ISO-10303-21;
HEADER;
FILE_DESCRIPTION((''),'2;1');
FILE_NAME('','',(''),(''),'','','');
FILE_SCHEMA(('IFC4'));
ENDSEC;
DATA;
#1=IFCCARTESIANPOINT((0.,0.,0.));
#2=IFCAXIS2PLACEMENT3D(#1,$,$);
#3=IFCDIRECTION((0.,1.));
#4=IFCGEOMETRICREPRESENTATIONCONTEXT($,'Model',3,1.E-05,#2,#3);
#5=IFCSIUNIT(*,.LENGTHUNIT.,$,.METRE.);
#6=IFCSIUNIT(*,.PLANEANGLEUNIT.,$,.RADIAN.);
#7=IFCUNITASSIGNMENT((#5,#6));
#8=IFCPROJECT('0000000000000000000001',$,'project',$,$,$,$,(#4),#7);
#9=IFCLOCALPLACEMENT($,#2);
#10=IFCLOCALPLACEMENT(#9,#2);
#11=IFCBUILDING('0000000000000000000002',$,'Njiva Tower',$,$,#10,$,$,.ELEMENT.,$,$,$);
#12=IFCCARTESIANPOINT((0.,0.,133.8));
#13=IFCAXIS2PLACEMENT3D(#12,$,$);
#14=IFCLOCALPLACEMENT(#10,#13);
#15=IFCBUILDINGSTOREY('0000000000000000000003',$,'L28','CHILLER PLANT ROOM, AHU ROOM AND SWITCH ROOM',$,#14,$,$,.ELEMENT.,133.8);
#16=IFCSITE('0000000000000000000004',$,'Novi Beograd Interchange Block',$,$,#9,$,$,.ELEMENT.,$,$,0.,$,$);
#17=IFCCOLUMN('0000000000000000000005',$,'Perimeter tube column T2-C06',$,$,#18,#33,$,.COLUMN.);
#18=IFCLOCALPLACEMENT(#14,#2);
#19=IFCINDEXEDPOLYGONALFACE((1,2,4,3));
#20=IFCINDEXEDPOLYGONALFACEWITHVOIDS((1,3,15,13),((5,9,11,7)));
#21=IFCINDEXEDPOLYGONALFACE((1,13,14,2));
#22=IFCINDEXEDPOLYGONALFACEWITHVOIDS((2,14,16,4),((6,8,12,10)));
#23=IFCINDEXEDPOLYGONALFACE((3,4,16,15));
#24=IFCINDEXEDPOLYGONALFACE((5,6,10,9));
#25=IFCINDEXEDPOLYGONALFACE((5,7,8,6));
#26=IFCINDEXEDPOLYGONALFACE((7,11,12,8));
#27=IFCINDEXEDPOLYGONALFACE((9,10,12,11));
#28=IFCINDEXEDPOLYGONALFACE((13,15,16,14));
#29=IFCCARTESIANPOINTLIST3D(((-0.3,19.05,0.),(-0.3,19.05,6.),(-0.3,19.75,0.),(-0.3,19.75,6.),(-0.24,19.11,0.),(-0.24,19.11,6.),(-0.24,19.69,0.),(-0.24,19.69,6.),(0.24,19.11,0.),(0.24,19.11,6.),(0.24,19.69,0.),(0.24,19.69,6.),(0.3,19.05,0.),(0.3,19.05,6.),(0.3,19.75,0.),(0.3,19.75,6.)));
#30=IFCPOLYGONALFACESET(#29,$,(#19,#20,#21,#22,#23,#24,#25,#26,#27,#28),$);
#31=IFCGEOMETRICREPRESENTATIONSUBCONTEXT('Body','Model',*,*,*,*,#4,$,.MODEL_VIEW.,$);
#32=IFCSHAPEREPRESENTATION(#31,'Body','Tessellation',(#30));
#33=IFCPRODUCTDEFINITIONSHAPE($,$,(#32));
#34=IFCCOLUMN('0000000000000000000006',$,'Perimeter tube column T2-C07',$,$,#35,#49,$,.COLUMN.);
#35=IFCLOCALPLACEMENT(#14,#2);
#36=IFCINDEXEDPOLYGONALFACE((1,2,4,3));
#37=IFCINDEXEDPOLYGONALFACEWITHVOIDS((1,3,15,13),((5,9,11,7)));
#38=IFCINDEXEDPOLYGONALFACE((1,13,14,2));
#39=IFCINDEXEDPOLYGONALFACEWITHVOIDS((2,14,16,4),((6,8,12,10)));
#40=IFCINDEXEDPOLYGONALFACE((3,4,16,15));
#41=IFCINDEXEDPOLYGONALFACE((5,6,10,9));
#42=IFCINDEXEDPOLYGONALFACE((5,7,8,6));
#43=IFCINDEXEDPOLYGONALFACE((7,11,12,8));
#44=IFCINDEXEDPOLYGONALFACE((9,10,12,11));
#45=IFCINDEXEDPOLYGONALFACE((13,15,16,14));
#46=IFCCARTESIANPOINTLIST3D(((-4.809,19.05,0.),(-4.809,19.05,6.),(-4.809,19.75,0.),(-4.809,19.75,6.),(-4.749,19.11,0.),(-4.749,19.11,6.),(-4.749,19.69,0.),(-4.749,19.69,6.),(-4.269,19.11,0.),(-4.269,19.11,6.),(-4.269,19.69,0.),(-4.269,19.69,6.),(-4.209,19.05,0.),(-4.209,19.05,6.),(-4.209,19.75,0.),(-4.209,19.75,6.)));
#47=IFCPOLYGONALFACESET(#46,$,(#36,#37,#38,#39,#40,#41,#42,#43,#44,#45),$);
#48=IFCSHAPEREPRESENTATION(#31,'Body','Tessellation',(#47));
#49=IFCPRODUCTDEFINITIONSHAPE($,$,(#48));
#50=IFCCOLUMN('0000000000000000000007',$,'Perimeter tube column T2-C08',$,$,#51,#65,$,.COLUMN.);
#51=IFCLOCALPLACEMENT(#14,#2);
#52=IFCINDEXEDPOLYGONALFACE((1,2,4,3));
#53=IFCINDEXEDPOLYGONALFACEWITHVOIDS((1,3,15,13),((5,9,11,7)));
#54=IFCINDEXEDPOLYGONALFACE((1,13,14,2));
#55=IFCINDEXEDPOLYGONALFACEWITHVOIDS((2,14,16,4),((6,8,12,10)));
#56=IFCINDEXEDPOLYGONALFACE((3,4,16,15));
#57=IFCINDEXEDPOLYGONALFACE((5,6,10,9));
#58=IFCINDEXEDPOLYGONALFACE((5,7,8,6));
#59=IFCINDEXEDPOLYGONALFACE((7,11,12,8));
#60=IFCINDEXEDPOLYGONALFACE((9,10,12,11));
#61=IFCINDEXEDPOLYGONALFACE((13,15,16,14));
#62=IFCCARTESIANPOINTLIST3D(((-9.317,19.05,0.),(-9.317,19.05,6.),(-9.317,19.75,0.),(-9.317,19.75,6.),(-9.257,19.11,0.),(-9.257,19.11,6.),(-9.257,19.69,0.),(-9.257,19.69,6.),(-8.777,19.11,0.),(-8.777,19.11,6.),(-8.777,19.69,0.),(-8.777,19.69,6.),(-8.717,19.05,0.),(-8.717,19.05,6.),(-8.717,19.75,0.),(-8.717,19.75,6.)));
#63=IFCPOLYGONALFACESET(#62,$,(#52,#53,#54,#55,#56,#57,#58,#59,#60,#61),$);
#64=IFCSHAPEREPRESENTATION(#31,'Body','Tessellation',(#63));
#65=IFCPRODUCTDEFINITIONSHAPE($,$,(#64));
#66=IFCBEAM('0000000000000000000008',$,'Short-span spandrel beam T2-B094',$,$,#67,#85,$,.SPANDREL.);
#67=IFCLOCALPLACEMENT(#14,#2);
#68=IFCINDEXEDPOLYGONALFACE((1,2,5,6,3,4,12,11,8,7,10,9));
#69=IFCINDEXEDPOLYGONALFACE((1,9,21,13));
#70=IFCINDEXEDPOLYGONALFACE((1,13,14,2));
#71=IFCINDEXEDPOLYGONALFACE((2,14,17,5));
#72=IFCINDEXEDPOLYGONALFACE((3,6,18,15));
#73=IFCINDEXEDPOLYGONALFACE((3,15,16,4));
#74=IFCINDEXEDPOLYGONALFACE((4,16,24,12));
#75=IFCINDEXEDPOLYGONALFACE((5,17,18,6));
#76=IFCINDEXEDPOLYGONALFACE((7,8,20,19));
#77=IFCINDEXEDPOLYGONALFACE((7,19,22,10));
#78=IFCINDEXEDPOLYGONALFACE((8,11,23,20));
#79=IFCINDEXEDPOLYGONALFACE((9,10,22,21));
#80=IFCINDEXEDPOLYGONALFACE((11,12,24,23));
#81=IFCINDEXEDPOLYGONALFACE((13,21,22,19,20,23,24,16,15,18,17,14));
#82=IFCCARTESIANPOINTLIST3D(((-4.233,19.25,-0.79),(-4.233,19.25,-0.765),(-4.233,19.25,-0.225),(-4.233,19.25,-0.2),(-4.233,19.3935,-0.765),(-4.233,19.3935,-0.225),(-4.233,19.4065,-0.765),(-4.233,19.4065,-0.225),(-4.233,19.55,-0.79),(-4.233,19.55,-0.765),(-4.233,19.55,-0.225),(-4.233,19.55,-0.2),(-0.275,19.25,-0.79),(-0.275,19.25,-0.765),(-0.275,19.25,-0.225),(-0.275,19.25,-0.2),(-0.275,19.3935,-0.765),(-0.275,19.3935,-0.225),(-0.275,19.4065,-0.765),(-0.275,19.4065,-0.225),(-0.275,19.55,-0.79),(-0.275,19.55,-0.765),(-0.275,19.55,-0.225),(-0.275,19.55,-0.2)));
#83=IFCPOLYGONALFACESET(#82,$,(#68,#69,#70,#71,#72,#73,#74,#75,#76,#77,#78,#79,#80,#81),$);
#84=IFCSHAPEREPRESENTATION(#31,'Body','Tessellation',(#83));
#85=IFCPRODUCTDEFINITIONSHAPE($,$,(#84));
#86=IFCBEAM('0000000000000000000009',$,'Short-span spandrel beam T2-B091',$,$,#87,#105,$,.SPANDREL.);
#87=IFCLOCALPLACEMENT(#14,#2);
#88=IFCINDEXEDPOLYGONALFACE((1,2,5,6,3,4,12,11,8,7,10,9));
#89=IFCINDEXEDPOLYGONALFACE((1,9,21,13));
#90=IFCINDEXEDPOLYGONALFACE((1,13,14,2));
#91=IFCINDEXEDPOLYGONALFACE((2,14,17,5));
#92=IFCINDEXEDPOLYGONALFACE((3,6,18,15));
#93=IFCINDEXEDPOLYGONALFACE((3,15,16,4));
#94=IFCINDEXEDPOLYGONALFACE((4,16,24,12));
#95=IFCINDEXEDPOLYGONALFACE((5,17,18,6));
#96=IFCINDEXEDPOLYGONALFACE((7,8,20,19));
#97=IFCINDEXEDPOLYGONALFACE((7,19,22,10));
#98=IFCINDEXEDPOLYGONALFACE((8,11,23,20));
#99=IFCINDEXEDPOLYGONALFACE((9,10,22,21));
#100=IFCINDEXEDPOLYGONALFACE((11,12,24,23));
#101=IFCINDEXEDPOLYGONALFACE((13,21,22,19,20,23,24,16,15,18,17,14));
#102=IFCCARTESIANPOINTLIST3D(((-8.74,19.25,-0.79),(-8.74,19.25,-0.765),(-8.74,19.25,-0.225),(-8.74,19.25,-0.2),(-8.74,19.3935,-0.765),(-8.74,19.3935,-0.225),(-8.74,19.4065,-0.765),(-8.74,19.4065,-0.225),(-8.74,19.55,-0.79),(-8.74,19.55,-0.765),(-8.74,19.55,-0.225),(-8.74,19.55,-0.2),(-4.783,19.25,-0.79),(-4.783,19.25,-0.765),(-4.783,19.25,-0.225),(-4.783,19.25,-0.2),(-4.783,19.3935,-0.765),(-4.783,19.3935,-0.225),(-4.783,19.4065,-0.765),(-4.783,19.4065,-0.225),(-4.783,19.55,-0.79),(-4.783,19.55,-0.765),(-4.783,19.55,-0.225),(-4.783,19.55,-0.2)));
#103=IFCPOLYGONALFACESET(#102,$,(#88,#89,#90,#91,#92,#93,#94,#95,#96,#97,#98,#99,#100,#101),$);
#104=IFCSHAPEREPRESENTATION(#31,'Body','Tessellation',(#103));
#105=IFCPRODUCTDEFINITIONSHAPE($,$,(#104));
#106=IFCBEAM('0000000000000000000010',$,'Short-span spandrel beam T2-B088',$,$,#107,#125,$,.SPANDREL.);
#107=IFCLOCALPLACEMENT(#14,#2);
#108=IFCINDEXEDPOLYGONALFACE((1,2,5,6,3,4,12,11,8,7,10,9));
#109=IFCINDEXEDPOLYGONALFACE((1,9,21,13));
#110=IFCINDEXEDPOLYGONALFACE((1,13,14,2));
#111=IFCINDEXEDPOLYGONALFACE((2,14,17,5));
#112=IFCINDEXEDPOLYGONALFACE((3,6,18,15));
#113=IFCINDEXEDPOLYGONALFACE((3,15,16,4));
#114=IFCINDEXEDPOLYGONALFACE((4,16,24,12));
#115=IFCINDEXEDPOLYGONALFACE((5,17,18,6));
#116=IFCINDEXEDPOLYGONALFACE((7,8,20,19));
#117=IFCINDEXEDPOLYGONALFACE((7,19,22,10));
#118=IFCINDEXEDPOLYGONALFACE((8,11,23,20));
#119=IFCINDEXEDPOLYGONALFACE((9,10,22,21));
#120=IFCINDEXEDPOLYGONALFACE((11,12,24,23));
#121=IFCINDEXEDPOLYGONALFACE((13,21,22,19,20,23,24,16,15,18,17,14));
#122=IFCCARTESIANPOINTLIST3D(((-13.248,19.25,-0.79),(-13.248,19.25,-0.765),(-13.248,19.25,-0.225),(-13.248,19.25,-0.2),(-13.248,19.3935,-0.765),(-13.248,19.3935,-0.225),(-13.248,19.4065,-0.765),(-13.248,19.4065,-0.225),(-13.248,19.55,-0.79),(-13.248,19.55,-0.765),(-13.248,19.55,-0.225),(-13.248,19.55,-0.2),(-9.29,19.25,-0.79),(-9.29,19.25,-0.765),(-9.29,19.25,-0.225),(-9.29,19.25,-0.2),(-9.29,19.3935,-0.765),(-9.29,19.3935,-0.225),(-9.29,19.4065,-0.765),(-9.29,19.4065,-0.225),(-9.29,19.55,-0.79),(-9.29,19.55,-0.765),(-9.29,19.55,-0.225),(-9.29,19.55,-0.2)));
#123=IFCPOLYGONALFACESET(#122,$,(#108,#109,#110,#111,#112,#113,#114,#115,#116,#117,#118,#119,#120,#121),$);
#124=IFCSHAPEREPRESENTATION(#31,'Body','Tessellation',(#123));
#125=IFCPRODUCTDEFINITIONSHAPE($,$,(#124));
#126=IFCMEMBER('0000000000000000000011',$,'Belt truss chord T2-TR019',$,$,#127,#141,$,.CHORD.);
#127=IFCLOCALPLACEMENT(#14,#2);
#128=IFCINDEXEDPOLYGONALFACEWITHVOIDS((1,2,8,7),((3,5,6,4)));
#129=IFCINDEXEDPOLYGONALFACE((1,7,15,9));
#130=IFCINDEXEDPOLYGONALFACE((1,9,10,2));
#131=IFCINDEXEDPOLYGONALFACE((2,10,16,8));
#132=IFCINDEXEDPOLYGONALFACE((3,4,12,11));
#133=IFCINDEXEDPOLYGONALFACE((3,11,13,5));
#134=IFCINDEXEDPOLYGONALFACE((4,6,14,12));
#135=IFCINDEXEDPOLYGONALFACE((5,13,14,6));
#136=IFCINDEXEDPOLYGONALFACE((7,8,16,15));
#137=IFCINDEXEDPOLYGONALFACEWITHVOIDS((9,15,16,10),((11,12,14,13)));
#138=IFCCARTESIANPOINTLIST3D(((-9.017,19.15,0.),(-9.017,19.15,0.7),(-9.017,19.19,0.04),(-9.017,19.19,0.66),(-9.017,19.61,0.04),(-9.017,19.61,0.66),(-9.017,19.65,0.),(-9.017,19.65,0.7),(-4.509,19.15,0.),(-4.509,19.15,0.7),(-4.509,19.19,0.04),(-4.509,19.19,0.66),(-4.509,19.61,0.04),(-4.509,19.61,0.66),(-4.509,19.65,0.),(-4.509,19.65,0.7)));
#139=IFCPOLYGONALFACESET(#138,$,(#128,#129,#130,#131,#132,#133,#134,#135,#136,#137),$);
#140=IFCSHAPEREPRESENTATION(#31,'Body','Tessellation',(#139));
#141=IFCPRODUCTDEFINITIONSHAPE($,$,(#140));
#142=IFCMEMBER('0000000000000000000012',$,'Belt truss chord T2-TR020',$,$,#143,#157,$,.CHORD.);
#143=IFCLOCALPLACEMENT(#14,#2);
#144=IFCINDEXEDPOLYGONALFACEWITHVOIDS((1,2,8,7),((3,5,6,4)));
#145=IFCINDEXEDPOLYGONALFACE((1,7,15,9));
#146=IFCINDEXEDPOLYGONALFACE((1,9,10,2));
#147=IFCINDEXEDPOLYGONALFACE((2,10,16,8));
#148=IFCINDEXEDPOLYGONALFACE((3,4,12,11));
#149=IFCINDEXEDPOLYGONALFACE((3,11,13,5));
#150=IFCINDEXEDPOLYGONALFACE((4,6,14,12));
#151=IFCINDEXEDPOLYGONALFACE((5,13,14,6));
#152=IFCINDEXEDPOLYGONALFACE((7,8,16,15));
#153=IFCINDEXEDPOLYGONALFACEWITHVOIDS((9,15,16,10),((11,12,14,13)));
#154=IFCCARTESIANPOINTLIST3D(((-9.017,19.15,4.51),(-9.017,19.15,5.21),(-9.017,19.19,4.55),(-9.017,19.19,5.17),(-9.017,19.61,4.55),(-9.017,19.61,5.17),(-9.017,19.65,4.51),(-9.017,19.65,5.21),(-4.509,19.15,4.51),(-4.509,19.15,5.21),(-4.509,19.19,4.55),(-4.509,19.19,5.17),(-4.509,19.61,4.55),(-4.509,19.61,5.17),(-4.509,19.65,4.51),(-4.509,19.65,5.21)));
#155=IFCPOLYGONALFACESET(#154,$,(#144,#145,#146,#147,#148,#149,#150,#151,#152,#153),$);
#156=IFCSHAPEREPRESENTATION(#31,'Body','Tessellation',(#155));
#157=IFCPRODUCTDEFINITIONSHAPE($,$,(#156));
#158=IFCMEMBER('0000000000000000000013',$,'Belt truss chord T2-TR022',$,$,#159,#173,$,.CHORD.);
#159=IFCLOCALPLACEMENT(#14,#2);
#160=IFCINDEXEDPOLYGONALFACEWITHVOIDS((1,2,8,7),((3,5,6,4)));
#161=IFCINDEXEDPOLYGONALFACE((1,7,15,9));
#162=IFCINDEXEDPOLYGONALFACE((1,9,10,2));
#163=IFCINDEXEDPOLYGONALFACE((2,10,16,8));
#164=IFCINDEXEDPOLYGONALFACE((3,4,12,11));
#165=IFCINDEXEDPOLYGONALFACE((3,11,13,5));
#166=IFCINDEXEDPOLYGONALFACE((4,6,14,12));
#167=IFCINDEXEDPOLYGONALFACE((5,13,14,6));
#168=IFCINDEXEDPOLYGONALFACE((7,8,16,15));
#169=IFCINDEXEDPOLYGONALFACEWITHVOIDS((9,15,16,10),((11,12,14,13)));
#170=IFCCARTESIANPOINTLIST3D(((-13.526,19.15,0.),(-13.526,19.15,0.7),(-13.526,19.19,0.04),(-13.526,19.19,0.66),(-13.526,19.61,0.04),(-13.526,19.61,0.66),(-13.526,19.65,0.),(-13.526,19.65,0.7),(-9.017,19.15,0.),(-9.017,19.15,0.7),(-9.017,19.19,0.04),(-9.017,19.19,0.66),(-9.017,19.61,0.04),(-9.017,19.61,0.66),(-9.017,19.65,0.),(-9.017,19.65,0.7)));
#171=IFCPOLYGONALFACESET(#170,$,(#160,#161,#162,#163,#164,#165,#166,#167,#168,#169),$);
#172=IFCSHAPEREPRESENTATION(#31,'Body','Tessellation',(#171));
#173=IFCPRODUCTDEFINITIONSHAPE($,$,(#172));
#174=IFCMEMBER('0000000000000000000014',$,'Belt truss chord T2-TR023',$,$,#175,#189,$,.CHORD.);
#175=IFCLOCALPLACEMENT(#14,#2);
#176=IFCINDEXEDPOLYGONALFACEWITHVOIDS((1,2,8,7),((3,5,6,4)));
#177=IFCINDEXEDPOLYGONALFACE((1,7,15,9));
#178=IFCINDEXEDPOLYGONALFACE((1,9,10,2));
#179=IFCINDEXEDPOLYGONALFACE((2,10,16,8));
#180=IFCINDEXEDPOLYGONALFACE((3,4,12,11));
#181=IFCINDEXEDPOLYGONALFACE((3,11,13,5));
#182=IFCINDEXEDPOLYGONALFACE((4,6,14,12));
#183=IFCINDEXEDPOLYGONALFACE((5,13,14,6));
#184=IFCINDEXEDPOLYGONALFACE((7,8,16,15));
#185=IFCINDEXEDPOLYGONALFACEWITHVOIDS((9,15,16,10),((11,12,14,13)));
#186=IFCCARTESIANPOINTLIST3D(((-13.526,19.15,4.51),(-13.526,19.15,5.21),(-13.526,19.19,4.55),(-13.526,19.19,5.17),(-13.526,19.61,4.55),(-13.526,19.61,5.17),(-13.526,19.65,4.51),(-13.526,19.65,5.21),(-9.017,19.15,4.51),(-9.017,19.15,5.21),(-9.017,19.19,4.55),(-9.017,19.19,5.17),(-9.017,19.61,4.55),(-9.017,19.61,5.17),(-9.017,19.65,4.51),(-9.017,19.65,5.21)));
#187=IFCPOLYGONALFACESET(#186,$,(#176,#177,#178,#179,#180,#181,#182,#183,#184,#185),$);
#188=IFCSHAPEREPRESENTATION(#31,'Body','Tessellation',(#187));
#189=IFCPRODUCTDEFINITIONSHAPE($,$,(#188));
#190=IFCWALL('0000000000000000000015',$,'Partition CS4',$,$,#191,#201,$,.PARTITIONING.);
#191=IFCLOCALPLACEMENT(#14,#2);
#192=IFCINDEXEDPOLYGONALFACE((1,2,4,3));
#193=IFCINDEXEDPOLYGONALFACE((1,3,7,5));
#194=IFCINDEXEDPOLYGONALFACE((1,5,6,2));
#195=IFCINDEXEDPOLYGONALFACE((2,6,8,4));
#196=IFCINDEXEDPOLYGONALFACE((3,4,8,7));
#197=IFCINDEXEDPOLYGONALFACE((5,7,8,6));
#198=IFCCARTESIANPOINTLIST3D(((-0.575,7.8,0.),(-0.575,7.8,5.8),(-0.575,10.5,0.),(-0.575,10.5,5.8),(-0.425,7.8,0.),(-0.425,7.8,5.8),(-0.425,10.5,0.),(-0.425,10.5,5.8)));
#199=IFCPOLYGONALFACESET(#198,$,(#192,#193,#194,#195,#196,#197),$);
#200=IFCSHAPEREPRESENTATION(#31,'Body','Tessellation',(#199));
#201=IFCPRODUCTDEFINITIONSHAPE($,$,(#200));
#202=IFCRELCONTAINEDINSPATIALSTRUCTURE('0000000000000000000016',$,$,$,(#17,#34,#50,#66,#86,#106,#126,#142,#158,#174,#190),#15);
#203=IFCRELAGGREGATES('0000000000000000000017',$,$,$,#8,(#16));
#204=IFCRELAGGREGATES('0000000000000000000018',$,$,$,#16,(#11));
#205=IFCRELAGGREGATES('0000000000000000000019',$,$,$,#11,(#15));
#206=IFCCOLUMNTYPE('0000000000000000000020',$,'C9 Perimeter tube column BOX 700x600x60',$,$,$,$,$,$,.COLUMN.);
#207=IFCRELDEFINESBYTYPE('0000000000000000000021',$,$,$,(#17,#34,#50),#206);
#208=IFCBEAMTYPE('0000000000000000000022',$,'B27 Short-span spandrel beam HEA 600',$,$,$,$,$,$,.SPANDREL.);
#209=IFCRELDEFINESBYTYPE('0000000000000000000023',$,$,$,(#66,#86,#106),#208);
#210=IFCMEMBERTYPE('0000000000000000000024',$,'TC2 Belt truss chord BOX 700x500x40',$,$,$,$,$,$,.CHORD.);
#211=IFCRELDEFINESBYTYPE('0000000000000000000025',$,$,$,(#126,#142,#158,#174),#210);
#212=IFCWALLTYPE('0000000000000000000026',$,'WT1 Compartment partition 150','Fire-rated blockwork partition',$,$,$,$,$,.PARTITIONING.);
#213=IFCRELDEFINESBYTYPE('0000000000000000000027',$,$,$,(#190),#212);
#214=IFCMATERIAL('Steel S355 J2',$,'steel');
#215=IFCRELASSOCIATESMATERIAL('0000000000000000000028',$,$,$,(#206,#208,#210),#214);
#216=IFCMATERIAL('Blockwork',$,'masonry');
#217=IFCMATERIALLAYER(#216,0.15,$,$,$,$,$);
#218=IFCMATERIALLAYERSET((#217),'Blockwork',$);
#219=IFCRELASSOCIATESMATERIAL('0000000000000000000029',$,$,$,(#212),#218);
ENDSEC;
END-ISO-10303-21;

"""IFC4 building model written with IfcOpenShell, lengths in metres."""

from ifc_helpers import new_model, si_unit, direction, frame, frame_2d, origin, origin_2d, place, context, subcontext, project, spatial, rectangle, hollow_rectangle, i_section, extrude, material, layer, layer_set, material_profile, profile_set, type_object, element, save


model = new_model("IFC4")

# Units and contexts
model_context = context("Model", 3, precision=1e-05, world=origin(), true_north=direction((0.0, 1.0)))
body_context = subcontext(model_context, "Body", "Model", "MODEL_VIEW")
ifc_project = project(units=[si_unit("LENGTHUNIT", "METRE"), si_unit("PLANEANGLEUNIT", "RADIAN")], contexts=[model_context])

# Site, building, storey
site_placement = place(None, origin())
site = spatial("IfcSite", under=ifc_project, at=site_placement, Name="Novi Beograd Interchange Block", CompositionType="ELEMENT", RefElevation=0.0)
building_placement = place(site_placement, origin())
building = spatial("IfcBuilding", under=site, at=building_placement, Name="Njiva Tower", CompositionType="ELEMENT")
storey_placement = place(building_placement, frame((0.0, 0.0, 133.8)))
storey = spatial("IfcBuildingStorey", under=building, at=storey_placement, Name="L28", Description="CHILLER PLANT ROOM, AHU ROOM AND SWITCH ROOM", CompositionType="ELEMENT", Elevation=133.8)

# Columns
ifc_material_1 = material(Name="Steel S355 J2", Category="steel")
ifc_material_profile_1 = material_profile(ifc_material_1, hollow_rectangle(XDim=0.6, YDim=0.7, WallThickness=0.06, at=origin_2d()), Name="BOX 700x600x60")
ifc_profile_set_1 = profile_set([ifc_material_profile_1], Name="Steel S355 J2")
column_type = type_object("IfcColumnType", Name="C9 Perimeter tube column BOX 700x600x60", PredefinedType="COLUMN", material=ifc_profile_set_1)
for number, where, z_axis, x_axis, name in (
    (1, (0.0, 19.4, 0.0), (0.0, 0.0, 1.0), (-1.0, 0.0, 0.0), "Perimeter tube column T2-C06"),
    (2, (-4.509, 19.4, 0.0), (0.0, 0.0, 1.0), (-1.0, 0.0, 0.0), "Perimeter tube column T2-C07"),
    (3, (-9.017, 19.4, 0.0), (0.0, 0.0, 1.0), (-1.0, 0.0, 0.0), "Perimeter tube column T2-C08"),
):
    element("IfcColumn", number, at=place(storey_placement, frame(where, z_axis=z_axis, x_axis=x_axis)), inside=storey, type_object=column_type, Name=name, PredefinedType="COLUMN", context=body_context, shape_type="SweptSolid", body=[
        extrude(hollow_rectangle(XDim=0.6, YDim=0.7, WallThickness=0.06, at=origin_2d()), origin(), (0.0, 0.0, 1.0), 6.0),
    ])

# Beams
ifc_material_profile_2 = material_profile(ifc_material_1, i_section(OverallWidth=0.3, OverallDepth=0.59, WebThickness=0.013, FlangeThickness=0.025, at=origin_2d()), Name="HEA 600")
ifc_profile_set_2 = profile_set([ifc_material_profile_2], Name="Steel S355 J2")
beam_type = type_object("IfcBeamType", Name="B27 Short-span spandrel beam HEA 600", PredefinedType="SPANDREL", material=ifc_profile_set_2)
beam_1_placement = place(storey_placement, frame((-0.275, 19.4, -0.495), z_axis=(-1.0, 0.0, 0.0), x_axis=(0.0, -1.0, 0.0)))
element("IfcBeam", 4, at=beam_1_placement, inside=storey, type_object=beam_type, Name="Short-span spandrel beam T2-B094", PredefinedType="SPANDREL", context=body_context, shape_type="SweptSolid", body=[
    extrude(i_section(OverallWidth=0.3, OverallDepth=0.59, WebThickness=0.013, FlangeThickness=0.025, at=origin_2d()), origin(), (0.0, 0.0, 1.0), 3.958),
])
beam_2_placement = place(storey_placement, frame((-4.783, 19.4, -0.495), z_axis=(-1.0, 0.0, 0.0), x_axis=(0.0, -1.0, 0.0)))
element("IfcBeam", 5, at=beam_2_placement, inside=storey, type_object=beam_type, Name="Short-span spandrel beam T2-B091", PredefinedType="SPANDREL", context=body_context, shape_type="SweptSolid", body=[
    extrude(i_section(OverallWidth=0.3, OverallDepth=0.59, WebThickness=0.013, FlangeThickness=0.025, at=origin_2d()), origin(), (0.0, 0.0, 1.0), 3.957),
])
beam_3_placement = place(storey_placement, frame((-9.29, 19.4, -0.495), z_axis=(-1.0, 0.0, 0.0), x_axis=(0.0, -1.0, 0.0)))
element("IfcBeam", 6, at=beam_3_placement, inside=storey, type_object=beam_type, Name="Short-span spandrel beam T2-B088", PredefinedType="SPANDREL", context=body_context, shape_type="SweptSolid", body=[
    extrude(i_section(OverallWidth=0.3, OverallDepth=0.59, WebThickness=0.013, FlangeThickness=0.025, at=origin_2d()), origin(), (0.0, 0.0, 1.0), 3.958),
])

# Members
ifc_material_profile_3 = material_profile(ifc_material_1, hollow_rectangle(XDim=0.5, YDim=0.7, WallThickness=0.04, at=origin_2d()), Name="BOX 700x500x40")
ifc_profile_set_3 = profile_set([ifc_material_profile_3], Name="Steel S355 J2")
member_type_1 = type_object("IfcMemberType", Name="TC2 Belt truss chord BOX 700x500x40", PredefinedType="CHORD", material=ifc_profile_set_3)
for number, where, z_axis, x_axis, name in (
    (7, (-4.509, 19.4, 0.35), (-1.0, 0.0, 0.0), (0.0, -1.0, 0.0), "Belt truss chord T2-TR019"),
    (8, (-4.509, 19.4, 4.86), (-1.0, 0.0, 0.0), (0.0, -1.0, 0.0), "Belt truss chord T2-TR020"),
):
    element("IfcMember", number, at=place(storey_placement, frame(where, z_axis=z_axis, x_axis=x_axis)), inside=storey, type_object=member_type_1, Name=name, PredefinedType="CHORD", context=body_context, shape_type="SweptSolid", body=[
        extrude(hollow_rectangle(XDim=0.5, YDim=0.7, WallThickness=0.04, at=origin_2d()), origin(), (0.0, 0.0, 1.0), 4.508),
    ])
for number, where, z_axis, x_axis, name in (
    (9, (-9.017, 19.4, 0.35), (-1.0, 0.0, 0.0), (0.0, -1.0, 0.0), "Belt truss chord T2-TR022"),
    (10, (-9.017, 19.4, 4.86), (-1.0, 0.0, 0.0), (0.0, -1.0, 0.0), "Belt truss chord T2-TR023"),
):
    element("IfcMember", number, at=place(storey_placement, frame(where, z_axis=z_axis, x_axis=x_axis)), inside=storey, type_object=member_type_1, Name=name, PredefinedType="CHORD", context=body_context, shape_type="SweptSolid", body=[
        extrude(hollow_rectangle(XDim=0.5, YDim=0.7, WallThickness=0.04, at=origin_2d()), origin(), (0.0, 0.0, 1.0), 4.509),
    ])

# Wall
ifc_material_2 = material(Name="Blockwork", Category="masonry")
ifc_layer_1 = layer(ifc_material_2, 0.15)
ifc_layer_set_1 = layer_set([ifc_layer_1], Name="Blockwork")
wall_type_1 = type_object("IfcWallType", Name="WT1 Compartment partition 150", Description="Fire-rated blockwork partition", PredefinedType="PARTITIONING", material=ifc_layer_set_1)
wall_1_placement = place(storey_placement, frame((-0.5, 7.8, 0.0), z_axis=(0.0, 0.0, 1.0), x_axis=(0.0, 1.0, 0.0)))
element("IfcWall", 11, at=wall_1_placement, inside=storey, type_object=wall_type_1, Name="Partition CS4", PredefinedType="PARTITIONING", context=body_context, shape_type="SweptSolid", body=[
    extrude(rectangle(XDim=2.7, YDim=0.15, at=frame_2d((1.35, 0.0))), origin(), (0.0, 0.0, 1.0), 5.8),
])

save(model, "model.ifc")
